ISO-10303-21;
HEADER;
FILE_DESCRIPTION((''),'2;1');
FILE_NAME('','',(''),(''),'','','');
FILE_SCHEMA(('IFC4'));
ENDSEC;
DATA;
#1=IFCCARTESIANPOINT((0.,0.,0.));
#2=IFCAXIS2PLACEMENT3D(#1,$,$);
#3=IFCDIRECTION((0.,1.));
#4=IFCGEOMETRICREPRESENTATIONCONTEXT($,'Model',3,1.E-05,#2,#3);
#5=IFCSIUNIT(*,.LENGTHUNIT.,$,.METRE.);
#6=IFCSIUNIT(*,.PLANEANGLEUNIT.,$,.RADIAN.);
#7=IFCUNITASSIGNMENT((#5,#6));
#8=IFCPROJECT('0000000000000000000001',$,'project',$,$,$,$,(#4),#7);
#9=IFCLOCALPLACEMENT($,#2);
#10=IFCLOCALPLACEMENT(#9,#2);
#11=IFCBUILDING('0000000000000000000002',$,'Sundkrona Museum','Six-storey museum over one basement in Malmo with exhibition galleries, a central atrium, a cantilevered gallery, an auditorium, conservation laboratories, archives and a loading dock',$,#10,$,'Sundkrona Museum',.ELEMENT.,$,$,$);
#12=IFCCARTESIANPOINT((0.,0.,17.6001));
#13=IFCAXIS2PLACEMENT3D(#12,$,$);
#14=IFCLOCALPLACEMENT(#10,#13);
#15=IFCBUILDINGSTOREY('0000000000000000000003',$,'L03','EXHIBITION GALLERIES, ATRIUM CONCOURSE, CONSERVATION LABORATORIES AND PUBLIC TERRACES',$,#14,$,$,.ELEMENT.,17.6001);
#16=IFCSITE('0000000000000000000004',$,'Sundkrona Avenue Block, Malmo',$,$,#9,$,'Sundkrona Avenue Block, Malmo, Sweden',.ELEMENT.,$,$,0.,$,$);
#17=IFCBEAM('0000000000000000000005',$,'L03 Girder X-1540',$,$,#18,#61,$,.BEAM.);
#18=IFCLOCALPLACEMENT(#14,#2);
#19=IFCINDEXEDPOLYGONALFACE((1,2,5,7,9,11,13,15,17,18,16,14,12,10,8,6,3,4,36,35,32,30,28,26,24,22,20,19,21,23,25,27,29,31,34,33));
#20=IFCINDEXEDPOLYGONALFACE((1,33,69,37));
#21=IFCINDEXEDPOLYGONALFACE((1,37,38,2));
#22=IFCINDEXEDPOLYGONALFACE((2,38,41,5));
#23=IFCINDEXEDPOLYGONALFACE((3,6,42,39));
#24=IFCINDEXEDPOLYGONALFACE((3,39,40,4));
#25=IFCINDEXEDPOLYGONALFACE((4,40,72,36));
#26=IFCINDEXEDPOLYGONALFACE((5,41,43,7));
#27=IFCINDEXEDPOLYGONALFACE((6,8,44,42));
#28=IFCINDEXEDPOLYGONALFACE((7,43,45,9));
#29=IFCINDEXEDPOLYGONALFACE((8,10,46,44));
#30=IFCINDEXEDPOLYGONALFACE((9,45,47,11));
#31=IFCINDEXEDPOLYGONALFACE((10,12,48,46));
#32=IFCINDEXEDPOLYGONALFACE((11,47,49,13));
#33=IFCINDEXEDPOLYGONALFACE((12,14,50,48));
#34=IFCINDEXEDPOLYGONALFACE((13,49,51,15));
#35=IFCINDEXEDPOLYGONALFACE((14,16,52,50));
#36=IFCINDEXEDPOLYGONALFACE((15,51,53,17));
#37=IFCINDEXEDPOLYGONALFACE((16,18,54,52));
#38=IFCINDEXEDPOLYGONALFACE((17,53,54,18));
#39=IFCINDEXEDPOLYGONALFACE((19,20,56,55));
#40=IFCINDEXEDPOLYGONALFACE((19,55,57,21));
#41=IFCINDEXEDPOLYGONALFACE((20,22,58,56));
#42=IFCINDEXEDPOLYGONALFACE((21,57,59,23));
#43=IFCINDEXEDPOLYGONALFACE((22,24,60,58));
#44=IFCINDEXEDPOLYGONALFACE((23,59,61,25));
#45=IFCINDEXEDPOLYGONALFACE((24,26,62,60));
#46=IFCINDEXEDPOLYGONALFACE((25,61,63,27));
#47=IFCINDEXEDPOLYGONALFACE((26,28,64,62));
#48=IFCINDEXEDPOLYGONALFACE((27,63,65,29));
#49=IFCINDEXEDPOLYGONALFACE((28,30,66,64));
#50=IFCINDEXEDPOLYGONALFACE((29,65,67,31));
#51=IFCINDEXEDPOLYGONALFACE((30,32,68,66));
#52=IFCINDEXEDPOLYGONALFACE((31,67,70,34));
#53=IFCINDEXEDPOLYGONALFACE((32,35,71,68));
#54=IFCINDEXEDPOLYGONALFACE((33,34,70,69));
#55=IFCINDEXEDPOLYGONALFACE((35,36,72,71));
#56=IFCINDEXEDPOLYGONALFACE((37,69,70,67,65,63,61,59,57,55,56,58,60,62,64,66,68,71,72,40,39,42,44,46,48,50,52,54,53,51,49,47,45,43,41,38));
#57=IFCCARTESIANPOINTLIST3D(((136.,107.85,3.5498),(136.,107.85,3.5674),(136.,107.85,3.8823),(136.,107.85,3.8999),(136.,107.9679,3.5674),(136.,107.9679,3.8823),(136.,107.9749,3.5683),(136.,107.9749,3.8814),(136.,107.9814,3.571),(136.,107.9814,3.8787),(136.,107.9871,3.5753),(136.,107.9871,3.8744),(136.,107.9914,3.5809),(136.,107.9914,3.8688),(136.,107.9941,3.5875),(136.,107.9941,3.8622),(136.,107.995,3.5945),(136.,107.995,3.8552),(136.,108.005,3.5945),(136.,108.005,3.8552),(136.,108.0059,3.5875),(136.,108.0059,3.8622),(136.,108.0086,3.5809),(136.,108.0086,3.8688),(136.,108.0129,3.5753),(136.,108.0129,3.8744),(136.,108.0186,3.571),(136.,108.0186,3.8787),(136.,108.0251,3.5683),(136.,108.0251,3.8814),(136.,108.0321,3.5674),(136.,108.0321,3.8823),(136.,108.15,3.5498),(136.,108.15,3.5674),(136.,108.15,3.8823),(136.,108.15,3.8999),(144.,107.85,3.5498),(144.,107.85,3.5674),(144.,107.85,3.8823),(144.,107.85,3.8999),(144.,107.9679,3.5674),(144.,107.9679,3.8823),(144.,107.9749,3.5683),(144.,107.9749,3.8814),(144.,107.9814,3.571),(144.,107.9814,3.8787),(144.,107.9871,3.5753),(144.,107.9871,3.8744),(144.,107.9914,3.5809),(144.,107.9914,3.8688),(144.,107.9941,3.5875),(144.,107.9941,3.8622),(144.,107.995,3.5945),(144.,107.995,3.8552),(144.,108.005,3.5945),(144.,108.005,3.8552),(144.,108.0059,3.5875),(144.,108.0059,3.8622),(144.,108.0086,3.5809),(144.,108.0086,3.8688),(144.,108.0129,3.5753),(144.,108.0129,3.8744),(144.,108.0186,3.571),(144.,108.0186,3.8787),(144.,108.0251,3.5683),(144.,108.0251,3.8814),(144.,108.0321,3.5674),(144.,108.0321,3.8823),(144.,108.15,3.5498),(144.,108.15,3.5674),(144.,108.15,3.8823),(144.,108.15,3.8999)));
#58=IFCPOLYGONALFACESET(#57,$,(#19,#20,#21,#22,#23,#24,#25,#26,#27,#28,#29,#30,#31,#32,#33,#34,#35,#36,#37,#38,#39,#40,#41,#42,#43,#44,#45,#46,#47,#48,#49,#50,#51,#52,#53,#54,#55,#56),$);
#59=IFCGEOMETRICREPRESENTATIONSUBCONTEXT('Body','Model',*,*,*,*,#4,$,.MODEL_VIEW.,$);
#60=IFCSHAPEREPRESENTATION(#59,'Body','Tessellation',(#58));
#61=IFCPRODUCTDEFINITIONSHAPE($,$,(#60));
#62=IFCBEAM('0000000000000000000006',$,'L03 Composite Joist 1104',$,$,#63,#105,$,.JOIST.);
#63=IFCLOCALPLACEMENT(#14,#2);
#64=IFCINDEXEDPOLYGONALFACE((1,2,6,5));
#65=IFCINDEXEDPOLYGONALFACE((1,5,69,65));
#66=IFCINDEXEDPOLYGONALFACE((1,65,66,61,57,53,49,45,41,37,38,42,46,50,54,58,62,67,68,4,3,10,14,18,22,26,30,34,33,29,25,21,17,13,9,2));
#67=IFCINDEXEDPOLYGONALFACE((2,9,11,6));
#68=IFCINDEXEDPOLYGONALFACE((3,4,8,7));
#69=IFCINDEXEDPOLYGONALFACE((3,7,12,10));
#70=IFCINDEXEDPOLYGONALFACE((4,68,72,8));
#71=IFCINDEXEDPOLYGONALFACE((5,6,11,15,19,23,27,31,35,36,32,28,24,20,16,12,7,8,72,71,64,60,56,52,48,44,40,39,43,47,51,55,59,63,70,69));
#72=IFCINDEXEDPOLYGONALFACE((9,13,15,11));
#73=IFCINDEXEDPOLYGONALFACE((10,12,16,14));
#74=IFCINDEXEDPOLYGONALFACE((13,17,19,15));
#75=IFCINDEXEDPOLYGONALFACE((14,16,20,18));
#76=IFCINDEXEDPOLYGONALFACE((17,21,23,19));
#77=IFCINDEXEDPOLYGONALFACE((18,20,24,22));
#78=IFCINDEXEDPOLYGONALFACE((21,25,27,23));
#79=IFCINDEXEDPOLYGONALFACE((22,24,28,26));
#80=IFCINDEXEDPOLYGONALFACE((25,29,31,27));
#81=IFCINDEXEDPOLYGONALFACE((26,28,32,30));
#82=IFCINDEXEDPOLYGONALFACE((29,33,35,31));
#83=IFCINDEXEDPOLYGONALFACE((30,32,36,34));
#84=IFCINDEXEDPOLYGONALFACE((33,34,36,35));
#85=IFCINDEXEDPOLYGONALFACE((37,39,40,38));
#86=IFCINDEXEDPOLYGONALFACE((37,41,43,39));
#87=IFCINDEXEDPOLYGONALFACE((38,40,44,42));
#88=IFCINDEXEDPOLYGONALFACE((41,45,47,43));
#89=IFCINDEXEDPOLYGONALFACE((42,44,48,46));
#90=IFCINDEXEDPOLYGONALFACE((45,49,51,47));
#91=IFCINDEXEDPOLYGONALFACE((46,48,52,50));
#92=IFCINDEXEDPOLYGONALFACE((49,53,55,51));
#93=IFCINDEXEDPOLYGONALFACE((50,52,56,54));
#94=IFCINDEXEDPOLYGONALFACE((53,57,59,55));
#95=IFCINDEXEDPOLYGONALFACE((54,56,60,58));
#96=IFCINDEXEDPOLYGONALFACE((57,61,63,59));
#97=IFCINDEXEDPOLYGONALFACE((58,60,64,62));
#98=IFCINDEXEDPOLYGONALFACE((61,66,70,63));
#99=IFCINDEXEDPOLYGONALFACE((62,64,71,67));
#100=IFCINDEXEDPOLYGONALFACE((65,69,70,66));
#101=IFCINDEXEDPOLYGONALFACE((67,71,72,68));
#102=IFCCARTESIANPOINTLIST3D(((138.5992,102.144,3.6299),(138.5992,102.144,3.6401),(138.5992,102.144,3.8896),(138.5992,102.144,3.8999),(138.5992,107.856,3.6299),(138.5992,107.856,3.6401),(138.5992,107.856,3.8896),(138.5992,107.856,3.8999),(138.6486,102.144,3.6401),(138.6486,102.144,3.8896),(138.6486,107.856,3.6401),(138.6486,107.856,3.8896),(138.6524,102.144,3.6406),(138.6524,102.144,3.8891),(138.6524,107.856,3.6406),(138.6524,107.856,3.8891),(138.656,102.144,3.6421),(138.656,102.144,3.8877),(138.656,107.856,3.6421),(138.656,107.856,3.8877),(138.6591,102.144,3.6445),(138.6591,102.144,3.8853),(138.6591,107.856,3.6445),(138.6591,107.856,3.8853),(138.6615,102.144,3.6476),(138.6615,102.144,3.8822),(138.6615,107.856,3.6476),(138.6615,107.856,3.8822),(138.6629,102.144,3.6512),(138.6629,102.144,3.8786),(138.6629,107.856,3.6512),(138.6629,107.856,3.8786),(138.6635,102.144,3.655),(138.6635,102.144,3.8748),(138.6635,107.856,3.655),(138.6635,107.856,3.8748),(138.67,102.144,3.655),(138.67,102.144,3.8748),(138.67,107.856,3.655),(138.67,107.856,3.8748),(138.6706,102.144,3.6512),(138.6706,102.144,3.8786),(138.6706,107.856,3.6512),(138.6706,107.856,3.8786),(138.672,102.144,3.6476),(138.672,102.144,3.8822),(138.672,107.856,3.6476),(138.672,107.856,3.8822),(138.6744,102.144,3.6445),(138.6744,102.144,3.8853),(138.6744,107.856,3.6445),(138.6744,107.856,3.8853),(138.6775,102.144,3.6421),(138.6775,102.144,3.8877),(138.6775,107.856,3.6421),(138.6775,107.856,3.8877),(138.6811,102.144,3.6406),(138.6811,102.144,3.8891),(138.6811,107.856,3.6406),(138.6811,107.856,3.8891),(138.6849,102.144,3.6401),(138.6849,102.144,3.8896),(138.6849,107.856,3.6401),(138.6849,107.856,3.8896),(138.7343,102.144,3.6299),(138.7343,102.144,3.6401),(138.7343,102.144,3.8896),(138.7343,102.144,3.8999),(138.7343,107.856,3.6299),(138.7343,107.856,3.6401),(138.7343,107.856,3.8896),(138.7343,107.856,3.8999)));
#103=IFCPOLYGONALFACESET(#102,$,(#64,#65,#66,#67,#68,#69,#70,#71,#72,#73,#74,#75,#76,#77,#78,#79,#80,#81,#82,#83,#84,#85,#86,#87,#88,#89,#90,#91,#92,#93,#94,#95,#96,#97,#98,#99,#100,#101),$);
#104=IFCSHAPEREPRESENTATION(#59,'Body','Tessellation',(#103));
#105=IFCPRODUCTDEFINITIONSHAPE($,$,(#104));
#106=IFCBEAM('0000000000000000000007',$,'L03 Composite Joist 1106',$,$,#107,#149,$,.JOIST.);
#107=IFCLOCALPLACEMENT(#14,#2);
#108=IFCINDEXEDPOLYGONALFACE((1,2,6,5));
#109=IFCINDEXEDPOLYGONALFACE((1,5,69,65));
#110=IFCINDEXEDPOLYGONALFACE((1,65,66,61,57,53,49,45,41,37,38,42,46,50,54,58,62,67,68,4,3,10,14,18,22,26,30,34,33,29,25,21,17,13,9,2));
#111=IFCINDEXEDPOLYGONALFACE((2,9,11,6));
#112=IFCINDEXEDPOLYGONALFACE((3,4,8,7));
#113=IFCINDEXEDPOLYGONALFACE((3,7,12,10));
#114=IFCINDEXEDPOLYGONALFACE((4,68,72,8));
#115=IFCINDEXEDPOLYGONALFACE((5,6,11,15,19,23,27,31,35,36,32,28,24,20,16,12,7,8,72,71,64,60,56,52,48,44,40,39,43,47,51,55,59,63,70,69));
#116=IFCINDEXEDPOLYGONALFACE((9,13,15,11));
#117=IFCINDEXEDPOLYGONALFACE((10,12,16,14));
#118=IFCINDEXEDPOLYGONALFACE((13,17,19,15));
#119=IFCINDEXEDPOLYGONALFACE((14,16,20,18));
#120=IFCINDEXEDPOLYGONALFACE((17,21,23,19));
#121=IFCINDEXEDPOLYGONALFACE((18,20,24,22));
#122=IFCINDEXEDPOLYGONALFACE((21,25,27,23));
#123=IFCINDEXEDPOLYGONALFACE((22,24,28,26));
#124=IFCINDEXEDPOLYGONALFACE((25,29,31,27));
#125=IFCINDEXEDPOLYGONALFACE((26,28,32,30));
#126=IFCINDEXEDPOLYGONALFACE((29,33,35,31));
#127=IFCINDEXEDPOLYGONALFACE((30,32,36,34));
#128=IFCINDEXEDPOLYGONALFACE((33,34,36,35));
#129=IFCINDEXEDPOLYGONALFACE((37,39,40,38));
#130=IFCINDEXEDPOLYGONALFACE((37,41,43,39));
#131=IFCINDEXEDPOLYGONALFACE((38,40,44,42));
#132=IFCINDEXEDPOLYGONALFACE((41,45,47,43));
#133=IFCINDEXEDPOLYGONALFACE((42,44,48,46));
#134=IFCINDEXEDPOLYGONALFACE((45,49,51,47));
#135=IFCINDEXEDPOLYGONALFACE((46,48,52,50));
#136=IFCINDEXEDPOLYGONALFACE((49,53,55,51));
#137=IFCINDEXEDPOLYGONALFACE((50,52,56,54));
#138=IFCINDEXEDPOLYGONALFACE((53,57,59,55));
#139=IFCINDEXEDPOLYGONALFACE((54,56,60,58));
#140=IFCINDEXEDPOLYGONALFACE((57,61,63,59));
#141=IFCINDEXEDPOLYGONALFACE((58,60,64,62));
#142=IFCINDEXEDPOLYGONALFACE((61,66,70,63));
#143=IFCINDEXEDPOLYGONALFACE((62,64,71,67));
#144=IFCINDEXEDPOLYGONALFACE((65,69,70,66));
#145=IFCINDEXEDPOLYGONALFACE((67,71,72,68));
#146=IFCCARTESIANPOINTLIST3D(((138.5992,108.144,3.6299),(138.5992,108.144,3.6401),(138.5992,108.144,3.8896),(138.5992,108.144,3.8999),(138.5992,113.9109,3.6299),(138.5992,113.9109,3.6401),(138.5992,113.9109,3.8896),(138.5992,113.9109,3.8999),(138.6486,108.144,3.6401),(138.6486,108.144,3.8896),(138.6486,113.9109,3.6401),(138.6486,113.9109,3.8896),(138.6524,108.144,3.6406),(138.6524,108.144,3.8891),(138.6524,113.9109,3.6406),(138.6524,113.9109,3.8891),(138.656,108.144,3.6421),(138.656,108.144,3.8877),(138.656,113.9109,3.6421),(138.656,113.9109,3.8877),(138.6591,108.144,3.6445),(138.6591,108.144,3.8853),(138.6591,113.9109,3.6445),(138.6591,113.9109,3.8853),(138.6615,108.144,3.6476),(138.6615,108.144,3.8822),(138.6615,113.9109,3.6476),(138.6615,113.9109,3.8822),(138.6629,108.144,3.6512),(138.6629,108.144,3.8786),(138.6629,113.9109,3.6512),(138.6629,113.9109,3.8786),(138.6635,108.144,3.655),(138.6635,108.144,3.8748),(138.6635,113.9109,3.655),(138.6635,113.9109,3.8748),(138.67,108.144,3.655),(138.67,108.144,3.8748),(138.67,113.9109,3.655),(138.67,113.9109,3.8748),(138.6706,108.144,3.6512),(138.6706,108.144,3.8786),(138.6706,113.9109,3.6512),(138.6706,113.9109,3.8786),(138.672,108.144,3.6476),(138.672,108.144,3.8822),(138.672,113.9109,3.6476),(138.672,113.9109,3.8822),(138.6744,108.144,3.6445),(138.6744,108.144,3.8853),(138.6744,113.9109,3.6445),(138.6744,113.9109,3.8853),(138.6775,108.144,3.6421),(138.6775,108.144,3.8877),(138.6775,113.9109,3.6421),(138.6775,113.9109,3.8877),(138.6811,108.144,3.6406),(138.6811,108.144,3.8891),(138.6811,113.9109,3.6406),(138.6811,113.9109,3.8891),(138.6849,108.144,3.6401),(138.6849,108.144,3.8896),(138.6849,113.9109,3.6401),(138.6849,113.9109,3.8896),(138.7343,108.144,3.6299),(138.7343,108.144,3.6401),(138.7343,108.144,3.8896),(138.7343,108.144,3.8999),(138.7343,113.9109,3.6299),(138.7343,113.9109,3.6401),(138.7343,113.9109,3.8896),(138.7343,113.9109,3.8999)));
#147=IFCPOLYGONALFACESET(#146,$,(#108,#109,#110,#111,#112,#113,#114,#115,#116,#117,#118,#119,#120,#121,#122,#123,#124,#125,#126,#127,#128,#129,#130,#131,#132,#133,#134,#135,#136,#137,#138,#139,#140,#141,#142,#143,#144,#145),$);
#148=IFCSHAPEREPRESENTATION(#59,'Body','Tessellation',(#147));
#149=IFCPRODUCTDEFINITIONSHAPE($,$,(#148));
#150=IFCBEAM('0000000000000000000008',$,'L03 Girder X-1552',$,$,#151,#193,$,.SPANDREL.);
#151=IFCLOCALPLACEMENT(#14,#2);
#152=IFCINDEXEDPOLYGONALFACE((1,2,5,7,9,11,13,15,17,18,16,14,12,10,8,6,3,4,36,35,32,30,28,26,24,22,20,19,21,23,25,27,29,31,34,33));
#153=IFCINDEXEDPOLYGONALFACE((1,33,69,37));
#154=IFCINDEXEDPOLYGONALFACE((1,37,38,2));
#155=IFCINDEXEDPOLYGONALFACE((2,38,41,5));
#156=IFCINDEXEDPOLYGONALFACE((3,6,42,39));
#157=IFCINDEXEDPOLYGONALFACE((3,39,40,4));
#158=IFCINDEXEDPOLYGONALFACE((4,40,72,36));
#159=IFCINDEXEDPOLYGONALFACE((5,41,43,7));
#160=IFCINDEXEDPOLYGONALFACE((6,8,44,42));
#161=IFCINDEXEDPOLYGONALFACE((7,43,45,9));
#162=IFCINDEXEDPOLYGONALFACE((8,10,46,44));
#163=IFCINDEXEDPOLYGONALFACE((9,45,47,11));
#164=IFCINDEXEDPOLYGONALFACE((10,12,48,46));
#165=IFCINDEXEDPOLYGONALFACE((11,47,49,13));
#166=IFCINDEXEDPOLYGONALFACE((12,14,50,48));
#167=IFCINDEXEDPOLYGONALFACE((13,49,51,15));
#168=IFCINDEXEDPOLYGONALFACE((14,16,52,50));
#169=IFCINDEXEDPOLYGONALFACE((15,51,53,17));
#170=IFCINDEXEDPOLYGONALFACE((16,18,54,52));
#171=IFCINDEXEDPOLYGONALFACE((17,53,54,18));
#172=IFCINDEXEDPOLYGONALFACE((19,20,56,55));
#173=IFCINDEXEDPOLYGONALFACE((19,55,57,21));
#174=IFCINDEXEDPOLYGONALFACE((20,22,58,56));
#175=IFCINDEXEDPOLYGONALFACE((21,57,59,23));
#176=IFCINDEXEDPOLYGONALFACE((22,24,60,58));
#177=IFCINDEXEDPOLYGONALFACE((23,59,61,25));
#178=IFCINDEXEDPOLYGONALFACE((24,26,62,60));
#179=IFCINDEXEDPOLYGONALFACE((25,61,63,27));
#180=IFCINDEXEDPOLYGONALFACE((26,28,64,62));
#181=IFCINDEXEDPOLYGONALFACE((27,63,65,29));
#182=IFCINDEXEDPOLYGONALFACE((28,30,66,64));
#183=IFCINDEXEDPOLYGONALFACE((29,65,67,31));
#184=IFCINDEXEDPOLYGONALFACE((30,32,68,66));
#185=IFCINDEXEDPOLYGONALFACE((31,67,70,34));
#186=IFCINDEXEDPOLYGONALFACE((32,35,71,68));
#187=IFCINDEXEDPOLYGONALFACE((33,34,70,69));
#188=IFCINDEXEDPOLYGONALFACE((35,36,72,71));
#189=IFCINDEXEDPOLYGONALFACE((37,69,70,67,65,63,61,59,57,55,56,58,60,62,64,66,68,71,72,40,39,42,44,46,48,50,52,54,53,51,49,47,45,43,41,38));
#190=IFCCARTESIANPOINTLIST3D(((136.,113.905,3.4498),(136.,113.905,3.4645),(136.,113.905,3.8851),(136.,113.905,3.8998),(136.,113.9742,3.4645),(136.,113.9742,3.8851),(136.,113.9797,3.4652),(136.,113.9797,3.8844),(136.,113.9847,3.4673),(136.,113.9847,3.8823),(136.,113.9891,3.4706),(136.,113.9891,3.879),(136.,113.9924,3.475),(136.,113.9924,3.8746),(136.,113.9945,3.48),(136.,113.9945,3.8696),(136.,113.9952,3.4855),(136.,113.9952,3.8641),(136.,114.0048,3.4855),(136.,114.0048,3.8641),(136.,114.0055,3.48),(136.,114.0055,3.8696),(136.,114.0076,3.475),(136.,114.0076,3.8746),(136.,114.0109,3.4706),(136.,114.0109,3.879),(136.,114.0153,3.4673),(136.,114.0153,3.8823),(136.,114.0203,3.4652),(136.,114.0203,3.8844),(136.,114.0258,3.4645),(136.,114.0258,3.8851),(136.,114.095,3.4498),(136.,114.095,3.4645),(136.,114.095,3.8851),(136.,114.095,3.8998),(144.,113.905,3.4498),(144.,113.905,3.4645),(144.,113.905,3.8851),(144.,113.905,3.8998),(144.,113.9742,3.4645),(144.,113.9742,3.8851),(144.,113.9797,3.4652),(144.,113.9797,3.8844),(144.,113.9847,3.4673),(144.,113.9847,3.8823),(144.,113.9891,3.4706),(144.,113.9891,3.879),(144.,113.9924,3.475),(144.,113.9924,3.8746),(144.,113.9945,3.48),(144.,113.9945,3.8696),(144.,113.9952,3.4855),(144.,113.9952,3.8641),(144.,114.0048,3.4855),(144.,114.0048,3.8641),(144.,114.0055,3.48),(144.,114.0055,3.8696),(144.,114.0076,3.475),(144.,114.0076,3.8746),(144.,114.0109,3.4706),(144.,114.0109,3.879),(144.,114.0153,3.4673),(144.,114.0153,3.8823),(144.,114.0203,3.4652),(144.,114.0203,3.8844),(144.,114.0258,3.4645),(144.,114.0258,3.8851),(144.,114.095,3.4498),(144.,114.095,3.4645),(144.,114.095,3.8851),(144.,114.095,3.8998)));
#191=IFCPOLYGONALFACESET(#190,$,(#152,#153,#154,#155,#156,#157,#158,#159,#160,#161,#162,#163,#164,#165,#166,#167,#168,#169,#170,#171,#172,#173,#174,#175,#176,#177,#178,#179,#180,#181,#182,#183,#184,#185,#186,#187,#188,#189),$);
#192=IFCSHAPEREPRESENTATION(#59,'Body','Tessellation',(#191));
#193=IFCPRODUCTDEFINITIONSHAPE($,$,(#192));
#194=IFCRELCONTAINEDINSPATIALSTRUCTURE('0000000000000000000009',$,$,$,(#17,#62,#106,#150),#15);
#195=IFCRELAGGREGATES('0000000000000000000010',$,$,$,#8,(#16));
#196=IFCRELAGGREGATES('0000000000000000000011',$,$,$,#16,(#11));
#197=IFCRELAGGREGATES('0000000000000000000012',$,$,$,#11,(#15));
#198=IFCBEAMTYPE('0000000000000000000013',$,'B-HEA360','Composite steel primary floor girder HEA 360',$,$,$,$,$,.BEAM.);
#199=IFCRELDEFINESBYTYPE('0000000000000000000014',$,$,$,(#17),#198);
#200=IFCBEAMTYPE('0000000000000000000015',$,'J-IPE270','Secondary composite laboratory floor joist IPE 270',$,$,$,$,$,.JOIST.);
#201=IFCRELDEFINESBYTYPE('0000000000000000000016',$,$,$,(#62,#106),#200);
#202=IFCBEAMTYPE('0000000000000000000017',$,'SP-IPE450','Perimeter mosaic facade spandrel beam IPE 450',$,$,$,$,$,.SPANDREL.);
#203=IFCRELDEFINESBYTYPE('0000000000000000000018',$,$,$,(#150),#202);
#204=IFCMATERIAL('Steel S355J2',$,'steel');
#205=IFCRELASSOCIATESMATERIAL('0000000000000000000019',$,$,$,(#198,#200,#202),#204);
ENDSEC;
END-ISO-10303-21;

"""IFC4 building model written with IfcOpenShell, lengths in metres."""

from ifc_helpers import new_model, si_unit, direction, frame, origin, origin_2d, place, context, subcontext, project, spatial, i_section, extrude, material, material_profile, profile_set, type_object, element, save


model = new_model("IFC4")

# Units and contexts
model_context = context("Model", 3, precision=1e-05, world=origin(), true_north=direction((0.0, 1.0)))
body_context = subcontext(model_context, "Body", "Model", "MODEL_VIEW")
ifc_project = project(units=[si_unit("LENGTHUNIT", "METRE"), si_unit("PLANEANGLEUNIT", "RADIAN")], contexts=[model_context])

# Site, building, storey
site_placement = place(None, origin())
site = spatial("IfcSite", under=ifc_project, at=site_placement, Name="Sundkrona Avenue Block, Malmo", LongName="Sundkrona Avenue Block, Malmo, Sweden", CompositionType="ELEMENT", RefElevation=0.0)
building_placement = place(site_placement, origin())
building = spatial("IfcBuilding", under=site, at=building_placement, Name="Sundkrona Museum", Description="Six-storey museum over one basement in Malmo with exhibition galleries, a central atrium, a cantilevered gallery, an auditorium, conservation laboratories, archives and a loading dock", LongName="Sundkrona Museum", CompositionType="ELEMENT")
storey_placement = place(building_placement, frame((0.0, 0.0, 17.6001)))
storey = spatial("IfcBuildingStorey", under=building, at=storey_placement, Name="L03", Description="EXHIBITION GALLERIES, ATRIUM CONCOURSE, CONSERVATION LABORATORIES AND PUBLIC TERRACES", CompositionType="ELEMENT", Elevation=17.6001)

# Shared definitions
ifc_material_1 = material(Name="Steel S355J2", Category="steel")

# Beams
ifc_material_profile_1 = material_profile(ifc_material_1, i_section(OverallWidth=0.3, OverallDepth=0.3501, WebThickness=0.01, FlangeThickness=0.0176, FilletRadius=0.0271, at=origin_2d()), Name="HEA 360")
ifc_profile_set_1 = profile_set([ifc_material_profile_1], Name="Steel S355J2")
beam_type_1 = type_object("IfcBeamType", Name="B-HEA360", Description="Composite steel primary floor girder HEA 360", PredefinedType="BEAM", material=ifc_profile_set_1)
for number, where, z_axis, x_axis, name in (
    (1, (136.0, 108.0, 3.7249), (1.0, 0.0, 0.0), (0.0, 1.0, 0.0), "L03 Girder X-1540"),
):
    element("IfcBeam", number, at=place(storey_placement, frame(where, z_axis=z_axis, x_axis=x_axis)), inside=storey, type_object=beam_type_1, Name=name, PredefinedType="BEAM", context=body_context, shape_type="SweptSolid", body=[
        extrude(i_section(OverallWidth=0.3, OverallDepth=0.3501, WebThickness=0.01, FlangeThickness=0.0176, FilletRadius=0.0271, at=origin_2d()), origin(), (0.0, 0.0, 1.0), 8.0),
    ])
ifc_material_profile_2 = material_profile(ifc_material_1, i_section(OverallWidth=0.135, OverallDepth=0.27, WebThickness=0.0066, FlangeThickness=0.0103, FilletRadius=0.0149, at=origin_2d()), Name="IPE 270")
ifc_profile_set_2 = profile_set([ifc_material_profile_2], Name="Steel S355J2")
beam_type_2 = type_object("IfcBeamType", Name="J-IPE270", Description="Secondary composite laboratory floor joist IPE 270", PredefinedType="JOIST", material=ifc_profile_set_2)
beam_1_placement = place(storey_placement, frame((138.6667, 102.144, 3.7649), z_axis=(0.0, 1.0, 0.0), x_axis=(-1.0, 0.0, 0.0)))
element("IfcBeam", 2, at=beam_1_placement, inside=storey, type_object=beam_type_2, Name="L03 Composite Joist 1104", PredefinedType="JOIST", context=body_context, shape_type="SweptSolid", body=[
    extrude(i_section(OverallWidth=0.135, OverallDepth=0.27, WebThickness=0.0066, FlangeThickness=0.0103, FilletRadius=0.0149, at=origin_2d()), origin(), (0.0, 0.0, 1.0), 5.7119),
])
beam_2_placement = place(storey_placement, frame((138.6667, 108.144, 3.7649), z_axis=(0.0, 1.0, 0.0), x_axis=(-1.0, 0.0, 0.0)))
element("IfcBeam", 3, at=beam_2_placement, inside=storey, type_object=beam_type_2, Name="L03 Composite Joist 1106", PredefinedType="JOIST", context=body_context, shape_type="SweptSolid", body=[
    extrude(i_section(OverallWidth=0.135, OverallDepth=0.27, WebThickness=0.0066, FlangeThickness=0.0103, FilletRadius=0.0149, at=origin_2d()), origin(), (0.0, 0.0, 1.0), 5.7668),
])
ifc_material_profile_3 = material_profile(ifc_material_1, i_section(OverallWidth=0.1899, OverallDepth=0.45, WebThickness=0.0095, FlangeThickness=0.0146, FilletRadius=0.021, at=origin_2d()), Name="IPE 450")
ifc_profile_set_3 = profile_set([ifc_material_profile_3], Name="Steel S355J2")
beam_type_3 = type_object("IfcBeamType", Name="SP-IPE450", Description="Perimeter mosaic facade spandrel beam IPE 450", PredefinedType="SPANDREL", material=ifc_profile_set_3)
beam_3_placement = place(storey_placement, frame((136.0, 114.0, 3.6748), z_axis=(1.0, 0.0, 0.0), x_axis=(0.0, 1.0, 0.0)))
element("IfcBeam", 4, at=beam_3_placement, inside=storey, type_object=beam_type_3, Name="L03 Girder X-1552", PredefinedType="SPANDREL", context=body_context, shape_type="SweptSolid", body=[
    extrude(i_section(OverallWidth=0.1899, OverallDepth=0.45, WebThickness=0.0095, FlangeThickness=0.0146, FilletRadius=0.021, at=origin_2d()), origin(), (0.0, 0.0, 1.0), 8.0),
])

save(model, "model.ifc")
